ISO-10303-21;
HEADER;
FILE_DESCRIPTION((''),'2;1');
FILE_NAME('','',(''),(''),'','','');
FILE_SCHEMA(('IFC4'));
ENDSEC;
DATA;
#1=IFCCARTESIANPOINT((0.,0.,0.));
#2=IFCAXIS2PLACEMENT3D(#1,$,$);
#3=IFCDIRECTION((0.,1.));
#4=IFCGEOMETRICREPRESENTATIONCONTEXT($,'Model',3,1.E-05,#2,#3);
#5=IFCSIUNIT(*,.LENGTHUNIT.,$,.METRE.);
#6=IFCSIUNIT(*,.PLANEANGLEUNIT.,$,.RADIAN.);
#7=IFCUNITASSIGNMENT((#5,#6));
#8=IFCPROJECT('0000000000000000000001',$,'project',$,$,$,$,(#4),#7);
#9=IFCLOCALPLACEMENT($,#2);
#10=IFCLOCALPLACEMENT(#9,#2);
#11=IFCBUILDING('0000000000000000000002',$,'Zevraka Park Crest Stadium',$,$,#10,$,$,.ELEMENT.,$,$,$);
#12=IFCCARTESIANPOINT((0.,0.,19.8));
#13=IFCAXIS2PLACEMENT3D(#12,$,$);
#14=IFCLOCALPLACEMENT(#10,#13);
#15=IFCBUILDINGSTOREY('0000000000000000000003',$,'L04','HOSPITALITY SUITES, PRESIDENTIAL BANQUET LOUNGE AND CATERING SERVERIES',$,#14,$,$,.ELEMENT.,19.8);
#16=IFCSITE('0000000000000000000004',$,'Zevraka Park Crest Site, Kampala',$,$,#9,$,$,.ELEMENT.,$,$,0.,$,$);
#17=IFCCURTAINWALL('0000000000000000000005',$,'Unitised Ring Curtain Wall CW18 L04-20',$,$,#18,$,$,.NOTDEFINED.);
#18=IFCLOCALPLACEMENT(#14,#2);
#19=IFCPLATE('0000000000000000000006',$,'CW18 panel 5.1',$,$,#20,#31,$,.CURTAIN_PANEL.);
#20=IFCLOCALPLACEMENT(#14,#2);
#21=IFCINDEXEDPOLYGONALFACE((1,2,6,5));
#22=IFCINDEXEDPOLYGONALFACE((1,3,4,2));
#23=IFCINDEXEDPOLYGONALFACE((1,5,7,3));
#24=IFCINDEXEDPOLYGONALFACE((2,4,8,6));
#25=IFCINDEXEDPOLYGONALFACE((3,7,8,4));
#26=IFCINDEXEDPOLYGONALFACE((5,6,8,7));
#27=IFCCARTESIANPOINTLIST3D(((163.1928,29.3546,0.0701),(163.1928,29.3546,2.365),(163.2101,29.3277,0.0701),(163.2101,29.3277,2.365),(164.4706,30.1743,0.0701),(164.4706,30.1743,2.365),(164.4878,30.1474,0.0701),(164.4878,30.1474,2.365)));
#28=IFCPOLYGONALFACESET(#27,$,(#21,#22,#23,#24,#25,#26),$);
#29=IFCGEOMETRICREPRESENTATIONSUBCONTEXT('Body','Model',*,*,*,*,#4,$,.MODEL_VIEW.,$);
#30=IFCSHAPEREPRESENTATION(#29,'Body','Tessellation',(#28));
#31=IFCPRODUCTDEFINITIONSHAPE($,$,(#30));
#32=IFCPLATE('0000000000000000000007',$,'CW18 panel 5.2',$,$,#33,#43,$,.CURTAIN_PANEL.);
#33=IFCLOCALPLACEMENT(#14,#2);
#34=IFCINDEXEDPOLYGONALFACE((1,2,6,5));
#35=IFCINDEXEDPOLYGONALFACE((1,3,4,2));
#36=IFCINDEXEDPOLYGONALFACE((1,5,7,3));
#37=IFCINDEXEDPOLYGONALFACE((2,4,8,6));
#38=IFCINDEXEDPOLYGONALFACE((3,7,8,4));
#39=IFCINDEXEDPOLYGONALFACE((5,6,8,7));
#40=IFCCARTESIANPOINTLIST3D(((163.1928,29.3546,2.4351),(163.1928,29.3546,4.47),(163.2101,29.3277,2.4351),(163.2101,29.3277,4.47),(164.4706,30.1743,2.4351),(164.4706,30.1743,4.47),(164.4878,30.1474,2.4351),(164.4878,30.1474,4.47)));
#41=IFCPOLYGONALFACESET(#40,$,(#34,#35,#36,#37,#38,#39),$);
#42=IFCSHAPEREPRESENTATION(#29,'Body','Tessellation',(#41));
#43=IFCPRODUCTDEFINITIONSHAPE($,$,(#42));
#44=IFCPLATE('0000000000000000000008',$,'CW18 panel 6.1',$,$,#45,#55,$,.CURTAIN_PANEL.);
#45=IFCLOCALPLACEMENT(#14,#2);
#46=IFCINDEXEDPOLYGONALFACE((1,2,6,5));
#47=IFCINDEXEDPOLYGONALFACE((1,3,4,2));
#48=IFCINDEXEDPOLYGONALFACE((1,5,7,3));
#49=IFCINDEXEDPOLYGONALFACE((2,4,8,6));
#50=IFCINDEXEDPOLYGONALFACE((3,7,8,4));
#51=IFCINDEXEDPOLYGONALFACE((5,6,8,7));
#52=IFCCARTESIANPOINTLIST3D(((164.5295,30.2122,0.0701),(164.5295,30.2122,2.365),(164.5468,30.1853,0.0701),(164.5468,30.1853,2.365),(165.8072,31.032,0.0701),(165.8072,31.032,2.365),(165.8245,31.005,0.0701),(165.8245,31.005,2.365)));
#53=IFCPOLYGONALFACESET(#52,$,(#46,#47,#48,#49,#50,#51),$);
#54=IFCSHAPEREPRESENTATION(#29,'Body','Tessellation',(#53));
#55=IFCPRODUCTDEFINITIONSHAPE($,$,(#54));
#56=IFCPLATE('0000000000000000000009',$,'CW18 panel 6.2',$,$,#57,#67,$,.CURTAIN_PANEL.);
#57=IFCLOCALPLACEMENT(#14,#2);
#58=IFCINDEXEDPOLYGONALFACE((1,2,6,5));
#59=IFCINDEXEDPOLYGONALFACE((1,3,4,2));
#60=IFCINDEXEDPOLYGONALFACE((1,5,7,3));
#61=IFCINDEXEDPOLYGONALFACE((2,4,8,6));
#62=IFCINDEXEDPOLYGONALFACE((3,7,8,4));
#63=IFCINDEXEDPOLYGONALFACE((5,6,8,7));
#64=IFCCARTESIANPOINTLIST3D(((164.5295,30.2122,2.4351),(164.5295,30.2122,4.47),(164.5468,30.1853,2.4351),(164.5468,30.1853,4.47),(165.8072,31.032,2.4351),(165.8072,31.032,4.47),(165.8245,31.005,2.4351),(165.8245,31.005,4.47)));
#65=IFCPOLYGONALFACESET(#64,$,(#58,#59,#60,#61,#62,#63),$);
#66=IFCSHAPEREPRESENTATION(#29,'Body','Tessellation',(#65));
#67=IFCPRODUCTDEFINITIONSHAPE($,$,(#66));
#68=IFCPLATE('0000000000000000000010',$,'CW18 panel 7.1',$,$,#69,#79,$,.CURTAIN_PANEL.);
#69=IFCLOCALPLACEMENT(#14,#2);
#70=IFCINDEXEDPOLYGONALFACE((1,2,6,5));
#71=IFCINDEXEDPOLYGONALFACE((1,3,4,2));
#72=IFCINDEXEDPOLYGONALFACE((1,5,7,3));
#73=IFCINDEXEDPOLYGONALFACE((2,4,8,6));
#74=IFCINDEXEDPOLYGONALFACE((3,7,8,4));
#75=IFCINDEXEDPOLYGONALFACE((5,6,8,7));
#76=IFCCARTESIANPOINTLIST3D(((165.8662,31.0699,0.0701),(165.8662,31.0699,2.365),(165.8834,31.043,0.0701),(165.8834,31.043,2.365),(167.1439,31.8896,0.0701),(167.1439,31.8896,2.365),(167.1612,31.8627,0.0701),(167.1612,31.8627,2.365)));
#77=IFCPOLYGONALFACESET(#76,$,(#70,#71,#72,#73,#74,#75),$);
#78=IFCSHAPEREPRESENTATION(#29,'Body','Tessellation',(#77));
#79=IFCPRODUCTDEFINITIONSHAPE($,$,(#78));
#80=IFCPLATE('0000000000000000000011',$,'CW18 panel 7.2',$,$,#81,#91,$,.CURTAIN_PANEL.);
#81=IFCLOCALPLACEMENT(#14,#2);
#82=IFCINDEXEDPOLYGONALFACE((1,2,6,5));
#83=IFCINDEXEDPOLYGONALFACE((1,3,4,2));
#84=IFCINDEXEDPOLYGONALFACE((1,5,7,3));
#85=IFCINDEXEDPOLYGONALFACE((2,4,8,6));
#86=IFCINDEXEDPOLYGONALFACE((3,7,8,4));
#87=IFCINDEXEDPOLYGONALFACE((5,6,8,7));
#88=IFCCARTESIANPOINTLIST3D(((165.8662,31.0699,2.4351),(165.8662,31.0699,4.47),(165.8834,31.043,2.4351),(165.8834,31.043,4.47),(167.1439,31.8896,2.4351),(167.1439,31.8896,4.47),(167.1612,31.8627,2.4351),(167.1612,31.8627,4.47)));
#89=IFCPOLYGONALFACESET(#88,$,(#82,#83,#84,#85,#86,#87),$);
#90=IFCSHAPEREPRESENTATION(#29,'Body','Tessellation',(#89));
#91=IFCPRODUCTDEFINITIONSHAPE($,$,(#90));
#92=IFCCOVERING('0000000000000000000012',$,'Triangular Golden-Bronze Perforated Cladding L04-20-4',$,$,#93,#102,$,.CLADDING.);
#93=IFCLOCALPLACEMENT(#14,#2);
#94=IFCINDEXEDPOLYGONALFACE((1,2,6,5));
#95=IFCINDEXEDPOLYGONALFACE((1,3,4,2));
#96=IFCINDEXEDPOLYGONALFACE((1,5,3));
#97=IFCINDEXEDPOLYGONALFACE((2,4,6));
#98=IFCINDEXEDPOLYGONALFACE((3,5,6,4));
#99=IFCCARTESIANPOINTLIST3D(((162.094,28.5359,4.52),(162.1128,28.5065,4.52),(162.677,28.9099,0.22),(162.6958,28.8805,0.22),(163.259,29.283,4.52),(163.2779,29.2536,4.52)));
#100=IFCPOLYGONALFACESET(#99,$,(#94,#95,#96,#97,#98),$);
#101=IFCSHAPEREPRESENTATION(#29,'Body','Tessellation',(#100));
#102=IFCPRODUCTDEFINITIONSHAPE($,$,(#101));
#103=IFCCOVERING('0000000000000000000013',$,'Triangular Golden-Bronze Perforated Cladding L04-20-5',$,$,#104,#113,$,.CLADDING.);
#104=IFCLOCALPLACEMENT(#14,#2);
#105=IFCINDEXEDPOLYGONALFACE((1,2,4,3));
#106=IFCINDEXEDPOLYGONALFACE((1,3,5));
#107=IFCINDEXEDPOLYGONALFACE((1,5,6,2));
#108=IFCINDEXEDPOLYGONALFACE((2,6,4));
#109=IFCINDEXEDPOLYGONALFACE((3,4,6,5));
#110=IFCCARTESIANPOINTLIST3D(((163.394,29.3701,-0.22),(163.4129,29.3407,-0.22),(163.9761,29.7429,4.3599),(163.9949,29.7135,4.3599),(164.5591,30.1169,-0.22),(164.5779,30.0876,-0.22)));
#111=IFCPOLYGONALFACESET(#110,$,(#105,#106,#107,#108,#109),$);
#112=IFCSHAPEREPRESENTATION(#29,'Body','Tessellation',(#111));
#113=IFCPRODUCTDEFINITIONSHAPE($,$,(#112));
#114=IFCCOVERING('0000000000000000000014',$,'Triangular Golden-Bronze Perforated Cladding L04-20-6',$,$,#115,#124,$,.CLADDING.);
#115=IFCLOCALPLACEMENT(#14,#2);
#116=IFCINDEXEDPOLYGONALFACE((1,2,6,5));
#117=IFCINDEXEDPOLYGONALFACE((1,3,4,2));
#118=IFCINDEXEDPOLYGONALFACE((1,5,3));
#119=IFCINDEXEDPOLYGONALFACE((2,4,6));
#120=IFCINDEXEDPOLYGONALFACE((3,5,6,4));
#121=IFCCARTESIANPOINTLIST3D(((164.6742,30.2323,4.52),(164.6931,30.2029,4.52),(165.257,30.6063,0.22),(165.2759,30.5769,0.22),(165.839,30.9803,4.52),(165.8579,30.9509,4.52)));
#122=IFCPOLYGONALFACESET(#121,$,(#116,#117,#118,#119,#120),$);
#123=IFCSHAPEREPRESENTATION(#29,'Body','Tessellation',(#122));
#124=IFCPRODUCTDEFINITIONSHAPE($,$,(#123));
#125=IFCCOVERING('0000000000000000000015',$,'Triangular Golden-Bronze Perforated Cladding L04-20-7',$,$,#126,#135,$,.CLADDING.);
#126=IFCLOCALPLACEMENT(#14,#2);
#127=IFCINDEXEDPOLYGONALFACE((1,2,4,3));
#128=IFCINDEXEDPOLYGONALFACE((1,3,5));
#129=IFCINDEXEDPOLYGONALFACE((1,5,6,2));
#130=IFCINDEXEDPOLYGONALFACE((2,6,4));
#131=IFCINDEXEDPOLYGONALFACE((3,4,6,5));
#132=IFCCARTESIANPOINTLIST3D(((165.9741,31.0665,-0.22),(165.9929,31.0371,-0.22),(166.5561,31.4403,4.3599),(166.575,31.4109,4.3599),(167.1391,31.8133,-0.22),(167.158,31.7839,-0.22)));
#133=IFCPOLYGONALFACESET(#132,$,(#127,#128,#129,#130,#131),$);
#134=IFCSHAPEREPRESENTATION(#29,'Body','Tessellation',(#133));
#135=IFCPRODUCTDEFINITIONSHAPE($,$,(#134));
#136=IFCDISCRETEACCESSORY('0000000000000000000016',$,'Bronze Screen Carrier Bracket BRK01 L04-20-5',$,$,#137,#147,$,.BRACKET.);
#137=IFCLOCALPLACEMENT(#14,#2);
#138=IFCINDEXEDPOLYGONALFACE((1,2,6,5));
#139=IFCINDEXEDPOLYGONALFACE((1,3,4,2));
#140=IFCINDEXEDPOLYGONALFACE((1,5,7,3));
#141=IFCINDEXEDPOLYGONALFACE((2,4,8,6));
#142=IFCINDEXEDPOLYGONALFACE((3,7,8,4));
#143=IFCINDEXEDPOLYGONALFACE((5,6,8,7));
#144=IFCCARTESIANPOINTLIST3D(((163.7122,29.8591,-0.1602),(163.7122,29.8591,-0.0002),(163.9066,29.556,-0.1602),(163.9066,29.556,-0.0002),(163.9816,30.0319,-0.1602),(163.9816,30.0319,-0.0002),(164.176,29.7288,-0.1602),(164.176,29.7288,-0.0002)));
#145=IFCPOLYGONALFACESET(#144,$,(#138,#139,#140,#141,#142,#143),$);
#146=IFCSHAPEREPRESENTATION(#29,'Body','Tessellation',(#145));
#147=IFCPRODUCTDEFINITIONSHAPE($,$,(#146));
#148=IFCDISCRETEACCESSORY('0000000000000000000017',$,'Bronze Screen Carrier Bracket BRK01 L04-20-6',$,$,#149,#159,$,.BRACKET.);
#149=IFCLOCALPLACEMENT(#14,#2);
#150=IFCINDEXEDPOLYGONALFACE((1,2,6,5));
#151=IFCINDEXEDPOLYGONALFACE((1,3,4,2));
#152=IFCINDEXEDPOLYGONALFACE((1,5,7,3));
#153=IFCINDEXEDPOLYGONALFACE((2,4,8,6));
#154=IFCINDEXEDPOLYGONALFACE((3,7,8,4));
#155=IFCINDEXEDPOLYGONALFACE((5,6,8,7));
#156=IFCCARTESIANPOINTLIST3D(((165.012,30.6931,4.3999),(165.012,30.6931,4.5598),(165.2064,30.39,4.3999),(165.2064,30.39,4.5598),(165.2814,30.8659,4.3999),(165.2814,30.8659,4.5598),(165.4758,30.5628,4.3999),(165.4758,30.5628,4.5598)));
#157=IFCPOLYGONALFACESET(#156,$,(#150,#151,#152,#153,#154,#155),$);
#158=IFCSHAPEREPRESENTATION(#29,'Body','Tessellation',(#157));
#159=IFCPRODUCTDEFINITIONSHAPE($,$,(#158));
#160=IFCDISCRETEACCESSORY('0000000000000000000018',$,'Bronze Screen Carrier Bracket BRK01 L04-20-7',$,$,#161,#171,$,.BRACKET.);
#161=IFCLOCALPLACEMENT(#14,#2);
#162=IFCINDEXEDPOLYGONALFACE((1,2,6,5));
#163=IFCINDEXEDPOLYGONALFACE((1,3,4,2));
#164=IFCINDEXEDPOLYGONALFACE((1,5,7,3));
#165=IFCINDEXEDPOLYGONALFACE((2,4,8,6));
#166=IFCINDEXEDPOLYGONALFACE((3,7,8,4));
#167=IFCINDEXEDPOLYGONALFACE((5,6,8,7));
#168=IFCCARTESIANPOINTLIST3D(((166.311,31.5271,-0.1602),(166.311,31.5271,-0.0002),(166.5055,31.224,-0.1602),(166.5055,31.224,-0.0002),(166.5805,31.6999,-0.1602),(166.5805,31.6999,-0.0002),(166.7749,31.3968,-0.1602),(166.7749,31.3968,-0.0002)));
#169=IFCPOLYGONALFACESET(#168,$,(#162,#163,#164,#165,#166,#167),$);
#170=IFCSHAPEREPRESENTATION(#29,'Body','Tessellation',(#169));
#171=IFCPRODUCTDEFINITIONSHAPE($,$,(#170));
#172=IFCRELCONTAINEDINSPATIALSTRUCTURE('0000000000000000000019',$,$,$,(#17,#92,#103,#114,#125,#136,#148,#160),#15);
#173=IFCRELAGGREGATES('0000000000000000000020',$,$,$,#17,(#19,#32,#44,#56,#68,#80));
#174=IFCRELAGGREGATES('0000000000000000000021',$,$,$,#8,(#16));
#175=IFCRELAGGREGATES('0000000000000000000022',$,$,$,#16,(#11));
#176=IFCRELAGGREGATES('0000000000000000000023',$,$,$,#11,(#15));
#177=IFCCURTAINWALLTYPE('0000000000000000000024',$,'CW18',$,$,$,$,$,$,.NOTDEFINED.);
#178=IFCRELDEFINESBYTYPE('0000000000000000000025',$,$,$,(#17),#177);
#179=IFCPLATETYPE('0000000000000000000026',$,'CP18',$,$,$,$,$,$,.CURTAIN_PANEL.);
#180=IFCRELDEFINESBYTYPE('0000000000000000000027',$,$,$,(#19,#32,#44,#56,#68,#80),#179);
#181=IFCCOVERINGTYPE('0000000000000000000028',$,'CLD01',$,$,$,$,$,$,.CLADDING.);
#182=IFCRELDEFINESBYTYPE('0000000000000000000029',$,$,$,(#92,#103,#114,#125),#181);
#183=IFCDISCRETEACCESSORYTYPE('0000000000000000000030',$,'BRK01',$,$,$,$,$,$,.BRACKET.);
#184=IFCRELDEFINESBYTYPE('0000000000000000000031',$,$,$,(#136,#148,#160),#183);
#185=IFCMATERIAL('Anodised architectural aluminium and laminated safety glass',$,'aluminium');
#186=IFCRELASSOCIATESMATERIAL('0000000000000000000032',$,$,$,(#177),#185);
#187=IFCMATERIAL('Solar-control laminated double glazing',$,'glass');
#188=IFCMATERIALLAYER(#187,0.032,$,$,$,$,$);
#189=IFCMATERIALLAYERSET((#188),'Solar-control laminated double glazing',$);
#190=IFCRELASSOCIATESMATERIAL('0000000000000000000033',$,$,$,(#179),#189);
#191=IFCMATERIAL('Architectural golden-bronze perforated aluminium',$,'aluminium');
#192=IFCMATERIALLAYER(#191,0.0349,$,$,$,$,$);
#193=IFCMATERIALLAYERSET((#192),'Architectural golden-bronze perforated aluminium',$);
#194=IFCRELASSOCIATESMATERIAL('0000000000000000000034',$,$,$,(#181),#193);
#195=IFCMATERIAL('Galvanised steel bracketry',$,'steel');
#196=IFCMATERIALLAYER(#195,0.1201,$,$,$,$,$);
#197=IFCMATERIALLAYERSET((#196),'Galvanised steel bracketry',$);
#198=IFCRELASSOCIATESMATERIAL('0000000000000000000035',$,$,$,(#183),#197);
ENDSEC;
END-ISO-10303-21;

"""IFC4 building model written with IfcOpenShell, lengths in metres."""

from ifc_helpers import new_model, si_unit, direction, frame, origin, origin_2d, place, context, subcontext, project, spatial, polyline, rectangle, outline, extrude, material, layer, layer_set, type_object, element, aggregate, save


model = new_model("IFC4")

# Units and contexts
model_context = context("Model", 3, precision=1e-05, world=origin(), true_north=direction((0.0, 1.0)))
body_context = subcontext(model_context, "Body", "Model", "MODEL_VIEW")
ifc_project = project(units=[si_unit("LENGTHUNIT", "METRE"), si_unit("PLANEANGLEUNIT", "RADIAN")], contexts=[model_context])

# Site, building, storey
site_placement = place(None, origin())
site = spatial("IfcSite", under=ifc_project, at=site_placement, Name="Zevraka Park Crest Site, Kampala", CompositionType="ELEMENT", RefElevation=0.0)
building_placement = place(site_placement, origin())
building = spatial("IfcBuilding", under=site, at=building_placement, Name="Zevraka Park Crest Stadium", CompositionType="ELEMENT")
storey_placement = place(building_placement, frame((0.0, 0.0, 19.8)))
storey = spatial("IfcBuildingStorey", under=building, at=storey_placement, Name="L04", Description="HOSPITALITY SUITES, PRESIDENTIAL BANQUET LOUNGE AND CATERING SERVERIES", CompositionType="ELEMENT", Elevation=19.8)

# Curtain wall, plates
ifc_material_1 = material(Name="Anodised architectural aluminium and laminated safety glass", Category="aluminium")
curtain_wall_type = type_object("IfcCurtainWallType", Name="CW18", PredefinedType="NOTDEFINED", material=ifc_material_1)
curtain_wall_placement = place(storey_placement, origin())
curtain_wall = element("IfcCurtainWall", 1, at=curtain_wall_placement, inside=storey, type_object=curtain_wall_type, Name="Unitised Ring Curtain Wall CW18 L04-20", PredefinedType="NOTDEFINED")
ifc_material_2 = material(Name="Solar-control laminated double glazing", Category="glass")
ifc_layer_1 = layer(ifc_material_2, 0.032)
ifc_layer_set_1 = layer_set([ifc_layer_1], Name="Solar-control laminated double glazing")
plate_type = type_object("IfcPlateType", Name="CP18", PredefinedType="CURTAIN_PANEL", material=ifc_layer_set_1)
plate_1_placement = place(storey_placement, frame((163.8403, 29.751, 0.0701), z_axis=(0.0, 0.0, 1.0), x_axis=(0.841678, 0.53998, 0.0)))
plate_1 = element("IfcPlate", 2, at=plate_1_placement, type_object=plate_type, Name="CW18 panel 5.1", PredefinedType="CURTAIN_PANEL", context=body_context, shape_type="SweptSolid", body=[
    extrude(rectangle(XDim=1.5181, YDim=0.032, at=origin_2d()), origin(), (0.0, 0.0, 1.0), 2.2949),
])
plate_2_placement = place(storey_placement, frame((163.8403, 29.751, 2.4351), z_axis=(0.0, 0.0, 1.0), x_axis=(0.841678, 0.53998, 0.0)))
plate_2 = element("IfcPlate", 3, at=plate_2_placement, type_object=plate_type, Name="CW18 panel 5.2", PredefinedType="CURTAIN_PANEL", context=body_context, shape_type="SweptSolid", body=[
    extrude(rectangle(XDim=1.5181, YDim=0.032, at=origin_2d()), origin(), (0.0, 0.0, 1.0), 2.0349),
])
plate_3_placement = place(storey_placement, frame((165.177, 30.6086, 0.0701), z_axis=(0.0, 0.0, 1.0), x_axis=(0.841678, 0.53998, 0.0)))
plate_3 = element("IfcPlate", 4, at=plate_3_placement, type_object=plate_type, Name="CW18 panel 6.1", PredefinedType="CURTAIN_PANEL", context=body_context, shape_type="SweptSolid", body=[
    extrude(rectangle(XDim=1.5181, YDim=0.032, at=origin_2d()), origin(), (0.0, 0.0, 1.0), 2.2949),
])
plate_4_placement = place(storey_placement, frame((165.177, 30.6086, 2.4351), z_axis=(0.0, 0.0, 1.0), x_axis=(0.841678, 0.53998, 0.0)))
plate_4 = element("IfcPlate", 5, at=plate_4_placement, type_object=plate_type, Name="CW18 panel 6.2", PredefinedType="CURTAIN_PANEL", context=body_context, shape_type="SweptSolid", body=[
    extrude(rectangle(XDim=1.5181, YDim=0.032, at=origin_2d()), origin(), (0.0, 0.0, 1.0), 2.0349),
])
plate_5_placement = place(storey_placement, frame((166.5137, 31.4663, 0.0701), z_axis=(0.0, 0.0, 1.0), x_axis=(0.841678, 0.53998, 0.0)))
plate_5 = element("IfcPlate", 6, at=plate_5_placement, type_object=plate_type, Name="CW18 panel 7.1", PredefinedType="CURTAIN_PANEL", context=body_context, shape_type="SweptSolid", body=[
    extrude(rectangle(XDim=1.5181, YDim=0.032, at=origin_2d()), origin(), (0.0, 0.0, 1.0), 2.2949),
])
plate_6_placement = place(storey_placement, frame((166.5137, 31.4663, 2.4351), z_axis=(0.0, 0.0, 1.0), x_axis=(0.841678, 0.53998, 0.0)))
plate_6 = element("IfcPlate", 7, at=plate_6_placement, type_object=plate_type, Name="CW18 panel 7.2", PredefinedType="CURTAIN_PANEL", context=body_context, shape_type="SweptSolid", body=[
    extrude(rectangle(XDim=1.5181, YDim=0.032, at=origin_2d()), origin(), (0.0, 0.0, 1.0), 2.0349),
])
aggregate(curtain_wall, [plate_1, plate_2, plate_3, plate_4, plate_5, plate_6])

# Coverings
ifc_material_3 = material(Name="Architectural golden-bronze perforated aluminium", Category="aluminium")
ifc_layer_2 = layer(ifc_material_3, 0.0349)
ifc_layer_set_2 = layer_set([ifc_layer_2], Name="Architectural golden-bronze perforated aluminium")
covering_type = type_object("IfcCoveringType", Name="CLD01", PredefinedType="CLADDING", material=ifc_layer_set_2)
covering_1_placement = place(storey_placement, frame((163.259, 29.283, 4.52), z_axis=(-0.539794, 0.841797, 0.000034), x_axis=(-0.841797, -0.539794, 0.0)))
element("IfcCovering", 8, at=covering_1_placement, inside=storey, type_object=covering_type, Name="Triangular Golden-Bronze Perforated Cladding L04-20-4", PredefinedType="CLADDING", context=body_context, shape_type="SweptSolid", body=[
    extrude(outline(polyline([(0.0, 0.0), (1.384, 0.0), (0.6913, -4.3), (0.0, 0.0)])), origin(), (0.0, 0.0, -1.0), 0.0349),
])
covering_2_placement = place(storey_placement, frame((163.394, 29.3701, -0.22), z_axis=(-0.539669, 0.841877, 0.000055), x_axis=(0.841877, 0.539669, 0.0)))
element("IfcCovering", 9, at=covering_2_placement, inside=storey, type_object=covering_type, Name="Triangular Golden-Bronze Perforated Cladding L04-20-5", PredefinedType="CLADDING", context=body_context, shape_type="SweptSolid", body=[
    extrude(outline(polyline([(0.0, 0.0), (1.3839, 0.0), (0.6912, -4.5798), (0.0, 0.0)])), origin(), (0.0, 0.0, -1.0), 0.0349),
])
covering_3_placement = place(storey_placement, frame((165.8579, 30.9509, 4.52), z_axis=(0.540374, -0.841425, 0.000046), x_axis=(-0.841425, -0.540374, 0.0)))
element("IfcCovering", 10, at=covering_3_placement, inside=storey, type_object=covering_type, Name="Triangular Golden-Bronze Perforated Cladding L04-20-6", PredefinedType="CLADDING", context=body_context, shape_type="SweptSolid", body=[
    extrude(outline(polyline([(0.0, 0.0), (1.3843, 0.0), (0.6918, 4.3), (0.0, 0.0)])), origin(), (0.0, 0.0, -1.0), 0.0349),
])
covering_4_placement = place(storey_placement, frame((165.9929, 31.0371, -0.22), z_axis=(0.539669, -0.841877, 0.000125), x_axis=(0.841877, 0.539669, 0.0)))
element("IfcCovering", 11, at=covering_4_placement, inside=storey, type_object=covering_type, Name="Triangular Golden-Bronze Perforated Cladding L04-20-7", PredefinedType="CLADDING", context=body_context, shape_type="SweptSolid", body=[
    extrude(outline(polyline([(0.0, 0.0), (1.3839, 0.0), (0.6917, 4.5798), (0.0, 0.0)])), origin(), (0.0, 0.0, -1.0), 0.0349),
])

# Discrete accessories
ifc_material_4 = material(Name="Galvanised steel bracketry", Category="steel")
ifc_layer_3 = layer(ifc_material_4, 0.1201)
ifc_layer_set_3 = layer_set([ifc_layer_3], Name="Galvanised steel bracketry")
discrete_accessory_type = type_object("IfcDiscreteAccessoryType", Name="BRK01", PredefinedType="BRACKET", material=ifc_layer_set_3)
for number, where, z_axis, x_axis, name in (
    (12, (163.9441, 29.7939, -0.1602), (0.0, 0.0, 1.0), (0.841699, 0.539947, 0.0), "Bronze Screen Carrier Bracket BRK01 L04-20-5"),
    (13, (165.2439, 30.6279, 4.3999), (0.0, 0.0, 1.0), (0.841699, 0.539947, 0.0), "Bronze Screen Carrier Bracket BRK01 L04-20-6"),
    (14, (166.543, 31.4619, -0.1602), (0.0, 0.0, 1.0), (0.841699, 0.539947, 0.0), "Bronze Screen Carrier Bracket BRK01 L04-20-7"),
):
    element("IfcDiscreteAccessory", number, at=place(storey_placement, frame(where, z_axis=z_axis, x_axis=x_axis)), inside=storey, type_object=discrete_accessory_type, Name=name, PredefinedType="BRACKET", context=body_context, shape_type="SweptSolid", body=[
        extrude(rectangle(XDim=0.3201, YDim=0.3601, at=origin_2d()), origin(), (0.0, 0.0, 1.0), 0.1599),
    ])

save(model, "model.ifc")
